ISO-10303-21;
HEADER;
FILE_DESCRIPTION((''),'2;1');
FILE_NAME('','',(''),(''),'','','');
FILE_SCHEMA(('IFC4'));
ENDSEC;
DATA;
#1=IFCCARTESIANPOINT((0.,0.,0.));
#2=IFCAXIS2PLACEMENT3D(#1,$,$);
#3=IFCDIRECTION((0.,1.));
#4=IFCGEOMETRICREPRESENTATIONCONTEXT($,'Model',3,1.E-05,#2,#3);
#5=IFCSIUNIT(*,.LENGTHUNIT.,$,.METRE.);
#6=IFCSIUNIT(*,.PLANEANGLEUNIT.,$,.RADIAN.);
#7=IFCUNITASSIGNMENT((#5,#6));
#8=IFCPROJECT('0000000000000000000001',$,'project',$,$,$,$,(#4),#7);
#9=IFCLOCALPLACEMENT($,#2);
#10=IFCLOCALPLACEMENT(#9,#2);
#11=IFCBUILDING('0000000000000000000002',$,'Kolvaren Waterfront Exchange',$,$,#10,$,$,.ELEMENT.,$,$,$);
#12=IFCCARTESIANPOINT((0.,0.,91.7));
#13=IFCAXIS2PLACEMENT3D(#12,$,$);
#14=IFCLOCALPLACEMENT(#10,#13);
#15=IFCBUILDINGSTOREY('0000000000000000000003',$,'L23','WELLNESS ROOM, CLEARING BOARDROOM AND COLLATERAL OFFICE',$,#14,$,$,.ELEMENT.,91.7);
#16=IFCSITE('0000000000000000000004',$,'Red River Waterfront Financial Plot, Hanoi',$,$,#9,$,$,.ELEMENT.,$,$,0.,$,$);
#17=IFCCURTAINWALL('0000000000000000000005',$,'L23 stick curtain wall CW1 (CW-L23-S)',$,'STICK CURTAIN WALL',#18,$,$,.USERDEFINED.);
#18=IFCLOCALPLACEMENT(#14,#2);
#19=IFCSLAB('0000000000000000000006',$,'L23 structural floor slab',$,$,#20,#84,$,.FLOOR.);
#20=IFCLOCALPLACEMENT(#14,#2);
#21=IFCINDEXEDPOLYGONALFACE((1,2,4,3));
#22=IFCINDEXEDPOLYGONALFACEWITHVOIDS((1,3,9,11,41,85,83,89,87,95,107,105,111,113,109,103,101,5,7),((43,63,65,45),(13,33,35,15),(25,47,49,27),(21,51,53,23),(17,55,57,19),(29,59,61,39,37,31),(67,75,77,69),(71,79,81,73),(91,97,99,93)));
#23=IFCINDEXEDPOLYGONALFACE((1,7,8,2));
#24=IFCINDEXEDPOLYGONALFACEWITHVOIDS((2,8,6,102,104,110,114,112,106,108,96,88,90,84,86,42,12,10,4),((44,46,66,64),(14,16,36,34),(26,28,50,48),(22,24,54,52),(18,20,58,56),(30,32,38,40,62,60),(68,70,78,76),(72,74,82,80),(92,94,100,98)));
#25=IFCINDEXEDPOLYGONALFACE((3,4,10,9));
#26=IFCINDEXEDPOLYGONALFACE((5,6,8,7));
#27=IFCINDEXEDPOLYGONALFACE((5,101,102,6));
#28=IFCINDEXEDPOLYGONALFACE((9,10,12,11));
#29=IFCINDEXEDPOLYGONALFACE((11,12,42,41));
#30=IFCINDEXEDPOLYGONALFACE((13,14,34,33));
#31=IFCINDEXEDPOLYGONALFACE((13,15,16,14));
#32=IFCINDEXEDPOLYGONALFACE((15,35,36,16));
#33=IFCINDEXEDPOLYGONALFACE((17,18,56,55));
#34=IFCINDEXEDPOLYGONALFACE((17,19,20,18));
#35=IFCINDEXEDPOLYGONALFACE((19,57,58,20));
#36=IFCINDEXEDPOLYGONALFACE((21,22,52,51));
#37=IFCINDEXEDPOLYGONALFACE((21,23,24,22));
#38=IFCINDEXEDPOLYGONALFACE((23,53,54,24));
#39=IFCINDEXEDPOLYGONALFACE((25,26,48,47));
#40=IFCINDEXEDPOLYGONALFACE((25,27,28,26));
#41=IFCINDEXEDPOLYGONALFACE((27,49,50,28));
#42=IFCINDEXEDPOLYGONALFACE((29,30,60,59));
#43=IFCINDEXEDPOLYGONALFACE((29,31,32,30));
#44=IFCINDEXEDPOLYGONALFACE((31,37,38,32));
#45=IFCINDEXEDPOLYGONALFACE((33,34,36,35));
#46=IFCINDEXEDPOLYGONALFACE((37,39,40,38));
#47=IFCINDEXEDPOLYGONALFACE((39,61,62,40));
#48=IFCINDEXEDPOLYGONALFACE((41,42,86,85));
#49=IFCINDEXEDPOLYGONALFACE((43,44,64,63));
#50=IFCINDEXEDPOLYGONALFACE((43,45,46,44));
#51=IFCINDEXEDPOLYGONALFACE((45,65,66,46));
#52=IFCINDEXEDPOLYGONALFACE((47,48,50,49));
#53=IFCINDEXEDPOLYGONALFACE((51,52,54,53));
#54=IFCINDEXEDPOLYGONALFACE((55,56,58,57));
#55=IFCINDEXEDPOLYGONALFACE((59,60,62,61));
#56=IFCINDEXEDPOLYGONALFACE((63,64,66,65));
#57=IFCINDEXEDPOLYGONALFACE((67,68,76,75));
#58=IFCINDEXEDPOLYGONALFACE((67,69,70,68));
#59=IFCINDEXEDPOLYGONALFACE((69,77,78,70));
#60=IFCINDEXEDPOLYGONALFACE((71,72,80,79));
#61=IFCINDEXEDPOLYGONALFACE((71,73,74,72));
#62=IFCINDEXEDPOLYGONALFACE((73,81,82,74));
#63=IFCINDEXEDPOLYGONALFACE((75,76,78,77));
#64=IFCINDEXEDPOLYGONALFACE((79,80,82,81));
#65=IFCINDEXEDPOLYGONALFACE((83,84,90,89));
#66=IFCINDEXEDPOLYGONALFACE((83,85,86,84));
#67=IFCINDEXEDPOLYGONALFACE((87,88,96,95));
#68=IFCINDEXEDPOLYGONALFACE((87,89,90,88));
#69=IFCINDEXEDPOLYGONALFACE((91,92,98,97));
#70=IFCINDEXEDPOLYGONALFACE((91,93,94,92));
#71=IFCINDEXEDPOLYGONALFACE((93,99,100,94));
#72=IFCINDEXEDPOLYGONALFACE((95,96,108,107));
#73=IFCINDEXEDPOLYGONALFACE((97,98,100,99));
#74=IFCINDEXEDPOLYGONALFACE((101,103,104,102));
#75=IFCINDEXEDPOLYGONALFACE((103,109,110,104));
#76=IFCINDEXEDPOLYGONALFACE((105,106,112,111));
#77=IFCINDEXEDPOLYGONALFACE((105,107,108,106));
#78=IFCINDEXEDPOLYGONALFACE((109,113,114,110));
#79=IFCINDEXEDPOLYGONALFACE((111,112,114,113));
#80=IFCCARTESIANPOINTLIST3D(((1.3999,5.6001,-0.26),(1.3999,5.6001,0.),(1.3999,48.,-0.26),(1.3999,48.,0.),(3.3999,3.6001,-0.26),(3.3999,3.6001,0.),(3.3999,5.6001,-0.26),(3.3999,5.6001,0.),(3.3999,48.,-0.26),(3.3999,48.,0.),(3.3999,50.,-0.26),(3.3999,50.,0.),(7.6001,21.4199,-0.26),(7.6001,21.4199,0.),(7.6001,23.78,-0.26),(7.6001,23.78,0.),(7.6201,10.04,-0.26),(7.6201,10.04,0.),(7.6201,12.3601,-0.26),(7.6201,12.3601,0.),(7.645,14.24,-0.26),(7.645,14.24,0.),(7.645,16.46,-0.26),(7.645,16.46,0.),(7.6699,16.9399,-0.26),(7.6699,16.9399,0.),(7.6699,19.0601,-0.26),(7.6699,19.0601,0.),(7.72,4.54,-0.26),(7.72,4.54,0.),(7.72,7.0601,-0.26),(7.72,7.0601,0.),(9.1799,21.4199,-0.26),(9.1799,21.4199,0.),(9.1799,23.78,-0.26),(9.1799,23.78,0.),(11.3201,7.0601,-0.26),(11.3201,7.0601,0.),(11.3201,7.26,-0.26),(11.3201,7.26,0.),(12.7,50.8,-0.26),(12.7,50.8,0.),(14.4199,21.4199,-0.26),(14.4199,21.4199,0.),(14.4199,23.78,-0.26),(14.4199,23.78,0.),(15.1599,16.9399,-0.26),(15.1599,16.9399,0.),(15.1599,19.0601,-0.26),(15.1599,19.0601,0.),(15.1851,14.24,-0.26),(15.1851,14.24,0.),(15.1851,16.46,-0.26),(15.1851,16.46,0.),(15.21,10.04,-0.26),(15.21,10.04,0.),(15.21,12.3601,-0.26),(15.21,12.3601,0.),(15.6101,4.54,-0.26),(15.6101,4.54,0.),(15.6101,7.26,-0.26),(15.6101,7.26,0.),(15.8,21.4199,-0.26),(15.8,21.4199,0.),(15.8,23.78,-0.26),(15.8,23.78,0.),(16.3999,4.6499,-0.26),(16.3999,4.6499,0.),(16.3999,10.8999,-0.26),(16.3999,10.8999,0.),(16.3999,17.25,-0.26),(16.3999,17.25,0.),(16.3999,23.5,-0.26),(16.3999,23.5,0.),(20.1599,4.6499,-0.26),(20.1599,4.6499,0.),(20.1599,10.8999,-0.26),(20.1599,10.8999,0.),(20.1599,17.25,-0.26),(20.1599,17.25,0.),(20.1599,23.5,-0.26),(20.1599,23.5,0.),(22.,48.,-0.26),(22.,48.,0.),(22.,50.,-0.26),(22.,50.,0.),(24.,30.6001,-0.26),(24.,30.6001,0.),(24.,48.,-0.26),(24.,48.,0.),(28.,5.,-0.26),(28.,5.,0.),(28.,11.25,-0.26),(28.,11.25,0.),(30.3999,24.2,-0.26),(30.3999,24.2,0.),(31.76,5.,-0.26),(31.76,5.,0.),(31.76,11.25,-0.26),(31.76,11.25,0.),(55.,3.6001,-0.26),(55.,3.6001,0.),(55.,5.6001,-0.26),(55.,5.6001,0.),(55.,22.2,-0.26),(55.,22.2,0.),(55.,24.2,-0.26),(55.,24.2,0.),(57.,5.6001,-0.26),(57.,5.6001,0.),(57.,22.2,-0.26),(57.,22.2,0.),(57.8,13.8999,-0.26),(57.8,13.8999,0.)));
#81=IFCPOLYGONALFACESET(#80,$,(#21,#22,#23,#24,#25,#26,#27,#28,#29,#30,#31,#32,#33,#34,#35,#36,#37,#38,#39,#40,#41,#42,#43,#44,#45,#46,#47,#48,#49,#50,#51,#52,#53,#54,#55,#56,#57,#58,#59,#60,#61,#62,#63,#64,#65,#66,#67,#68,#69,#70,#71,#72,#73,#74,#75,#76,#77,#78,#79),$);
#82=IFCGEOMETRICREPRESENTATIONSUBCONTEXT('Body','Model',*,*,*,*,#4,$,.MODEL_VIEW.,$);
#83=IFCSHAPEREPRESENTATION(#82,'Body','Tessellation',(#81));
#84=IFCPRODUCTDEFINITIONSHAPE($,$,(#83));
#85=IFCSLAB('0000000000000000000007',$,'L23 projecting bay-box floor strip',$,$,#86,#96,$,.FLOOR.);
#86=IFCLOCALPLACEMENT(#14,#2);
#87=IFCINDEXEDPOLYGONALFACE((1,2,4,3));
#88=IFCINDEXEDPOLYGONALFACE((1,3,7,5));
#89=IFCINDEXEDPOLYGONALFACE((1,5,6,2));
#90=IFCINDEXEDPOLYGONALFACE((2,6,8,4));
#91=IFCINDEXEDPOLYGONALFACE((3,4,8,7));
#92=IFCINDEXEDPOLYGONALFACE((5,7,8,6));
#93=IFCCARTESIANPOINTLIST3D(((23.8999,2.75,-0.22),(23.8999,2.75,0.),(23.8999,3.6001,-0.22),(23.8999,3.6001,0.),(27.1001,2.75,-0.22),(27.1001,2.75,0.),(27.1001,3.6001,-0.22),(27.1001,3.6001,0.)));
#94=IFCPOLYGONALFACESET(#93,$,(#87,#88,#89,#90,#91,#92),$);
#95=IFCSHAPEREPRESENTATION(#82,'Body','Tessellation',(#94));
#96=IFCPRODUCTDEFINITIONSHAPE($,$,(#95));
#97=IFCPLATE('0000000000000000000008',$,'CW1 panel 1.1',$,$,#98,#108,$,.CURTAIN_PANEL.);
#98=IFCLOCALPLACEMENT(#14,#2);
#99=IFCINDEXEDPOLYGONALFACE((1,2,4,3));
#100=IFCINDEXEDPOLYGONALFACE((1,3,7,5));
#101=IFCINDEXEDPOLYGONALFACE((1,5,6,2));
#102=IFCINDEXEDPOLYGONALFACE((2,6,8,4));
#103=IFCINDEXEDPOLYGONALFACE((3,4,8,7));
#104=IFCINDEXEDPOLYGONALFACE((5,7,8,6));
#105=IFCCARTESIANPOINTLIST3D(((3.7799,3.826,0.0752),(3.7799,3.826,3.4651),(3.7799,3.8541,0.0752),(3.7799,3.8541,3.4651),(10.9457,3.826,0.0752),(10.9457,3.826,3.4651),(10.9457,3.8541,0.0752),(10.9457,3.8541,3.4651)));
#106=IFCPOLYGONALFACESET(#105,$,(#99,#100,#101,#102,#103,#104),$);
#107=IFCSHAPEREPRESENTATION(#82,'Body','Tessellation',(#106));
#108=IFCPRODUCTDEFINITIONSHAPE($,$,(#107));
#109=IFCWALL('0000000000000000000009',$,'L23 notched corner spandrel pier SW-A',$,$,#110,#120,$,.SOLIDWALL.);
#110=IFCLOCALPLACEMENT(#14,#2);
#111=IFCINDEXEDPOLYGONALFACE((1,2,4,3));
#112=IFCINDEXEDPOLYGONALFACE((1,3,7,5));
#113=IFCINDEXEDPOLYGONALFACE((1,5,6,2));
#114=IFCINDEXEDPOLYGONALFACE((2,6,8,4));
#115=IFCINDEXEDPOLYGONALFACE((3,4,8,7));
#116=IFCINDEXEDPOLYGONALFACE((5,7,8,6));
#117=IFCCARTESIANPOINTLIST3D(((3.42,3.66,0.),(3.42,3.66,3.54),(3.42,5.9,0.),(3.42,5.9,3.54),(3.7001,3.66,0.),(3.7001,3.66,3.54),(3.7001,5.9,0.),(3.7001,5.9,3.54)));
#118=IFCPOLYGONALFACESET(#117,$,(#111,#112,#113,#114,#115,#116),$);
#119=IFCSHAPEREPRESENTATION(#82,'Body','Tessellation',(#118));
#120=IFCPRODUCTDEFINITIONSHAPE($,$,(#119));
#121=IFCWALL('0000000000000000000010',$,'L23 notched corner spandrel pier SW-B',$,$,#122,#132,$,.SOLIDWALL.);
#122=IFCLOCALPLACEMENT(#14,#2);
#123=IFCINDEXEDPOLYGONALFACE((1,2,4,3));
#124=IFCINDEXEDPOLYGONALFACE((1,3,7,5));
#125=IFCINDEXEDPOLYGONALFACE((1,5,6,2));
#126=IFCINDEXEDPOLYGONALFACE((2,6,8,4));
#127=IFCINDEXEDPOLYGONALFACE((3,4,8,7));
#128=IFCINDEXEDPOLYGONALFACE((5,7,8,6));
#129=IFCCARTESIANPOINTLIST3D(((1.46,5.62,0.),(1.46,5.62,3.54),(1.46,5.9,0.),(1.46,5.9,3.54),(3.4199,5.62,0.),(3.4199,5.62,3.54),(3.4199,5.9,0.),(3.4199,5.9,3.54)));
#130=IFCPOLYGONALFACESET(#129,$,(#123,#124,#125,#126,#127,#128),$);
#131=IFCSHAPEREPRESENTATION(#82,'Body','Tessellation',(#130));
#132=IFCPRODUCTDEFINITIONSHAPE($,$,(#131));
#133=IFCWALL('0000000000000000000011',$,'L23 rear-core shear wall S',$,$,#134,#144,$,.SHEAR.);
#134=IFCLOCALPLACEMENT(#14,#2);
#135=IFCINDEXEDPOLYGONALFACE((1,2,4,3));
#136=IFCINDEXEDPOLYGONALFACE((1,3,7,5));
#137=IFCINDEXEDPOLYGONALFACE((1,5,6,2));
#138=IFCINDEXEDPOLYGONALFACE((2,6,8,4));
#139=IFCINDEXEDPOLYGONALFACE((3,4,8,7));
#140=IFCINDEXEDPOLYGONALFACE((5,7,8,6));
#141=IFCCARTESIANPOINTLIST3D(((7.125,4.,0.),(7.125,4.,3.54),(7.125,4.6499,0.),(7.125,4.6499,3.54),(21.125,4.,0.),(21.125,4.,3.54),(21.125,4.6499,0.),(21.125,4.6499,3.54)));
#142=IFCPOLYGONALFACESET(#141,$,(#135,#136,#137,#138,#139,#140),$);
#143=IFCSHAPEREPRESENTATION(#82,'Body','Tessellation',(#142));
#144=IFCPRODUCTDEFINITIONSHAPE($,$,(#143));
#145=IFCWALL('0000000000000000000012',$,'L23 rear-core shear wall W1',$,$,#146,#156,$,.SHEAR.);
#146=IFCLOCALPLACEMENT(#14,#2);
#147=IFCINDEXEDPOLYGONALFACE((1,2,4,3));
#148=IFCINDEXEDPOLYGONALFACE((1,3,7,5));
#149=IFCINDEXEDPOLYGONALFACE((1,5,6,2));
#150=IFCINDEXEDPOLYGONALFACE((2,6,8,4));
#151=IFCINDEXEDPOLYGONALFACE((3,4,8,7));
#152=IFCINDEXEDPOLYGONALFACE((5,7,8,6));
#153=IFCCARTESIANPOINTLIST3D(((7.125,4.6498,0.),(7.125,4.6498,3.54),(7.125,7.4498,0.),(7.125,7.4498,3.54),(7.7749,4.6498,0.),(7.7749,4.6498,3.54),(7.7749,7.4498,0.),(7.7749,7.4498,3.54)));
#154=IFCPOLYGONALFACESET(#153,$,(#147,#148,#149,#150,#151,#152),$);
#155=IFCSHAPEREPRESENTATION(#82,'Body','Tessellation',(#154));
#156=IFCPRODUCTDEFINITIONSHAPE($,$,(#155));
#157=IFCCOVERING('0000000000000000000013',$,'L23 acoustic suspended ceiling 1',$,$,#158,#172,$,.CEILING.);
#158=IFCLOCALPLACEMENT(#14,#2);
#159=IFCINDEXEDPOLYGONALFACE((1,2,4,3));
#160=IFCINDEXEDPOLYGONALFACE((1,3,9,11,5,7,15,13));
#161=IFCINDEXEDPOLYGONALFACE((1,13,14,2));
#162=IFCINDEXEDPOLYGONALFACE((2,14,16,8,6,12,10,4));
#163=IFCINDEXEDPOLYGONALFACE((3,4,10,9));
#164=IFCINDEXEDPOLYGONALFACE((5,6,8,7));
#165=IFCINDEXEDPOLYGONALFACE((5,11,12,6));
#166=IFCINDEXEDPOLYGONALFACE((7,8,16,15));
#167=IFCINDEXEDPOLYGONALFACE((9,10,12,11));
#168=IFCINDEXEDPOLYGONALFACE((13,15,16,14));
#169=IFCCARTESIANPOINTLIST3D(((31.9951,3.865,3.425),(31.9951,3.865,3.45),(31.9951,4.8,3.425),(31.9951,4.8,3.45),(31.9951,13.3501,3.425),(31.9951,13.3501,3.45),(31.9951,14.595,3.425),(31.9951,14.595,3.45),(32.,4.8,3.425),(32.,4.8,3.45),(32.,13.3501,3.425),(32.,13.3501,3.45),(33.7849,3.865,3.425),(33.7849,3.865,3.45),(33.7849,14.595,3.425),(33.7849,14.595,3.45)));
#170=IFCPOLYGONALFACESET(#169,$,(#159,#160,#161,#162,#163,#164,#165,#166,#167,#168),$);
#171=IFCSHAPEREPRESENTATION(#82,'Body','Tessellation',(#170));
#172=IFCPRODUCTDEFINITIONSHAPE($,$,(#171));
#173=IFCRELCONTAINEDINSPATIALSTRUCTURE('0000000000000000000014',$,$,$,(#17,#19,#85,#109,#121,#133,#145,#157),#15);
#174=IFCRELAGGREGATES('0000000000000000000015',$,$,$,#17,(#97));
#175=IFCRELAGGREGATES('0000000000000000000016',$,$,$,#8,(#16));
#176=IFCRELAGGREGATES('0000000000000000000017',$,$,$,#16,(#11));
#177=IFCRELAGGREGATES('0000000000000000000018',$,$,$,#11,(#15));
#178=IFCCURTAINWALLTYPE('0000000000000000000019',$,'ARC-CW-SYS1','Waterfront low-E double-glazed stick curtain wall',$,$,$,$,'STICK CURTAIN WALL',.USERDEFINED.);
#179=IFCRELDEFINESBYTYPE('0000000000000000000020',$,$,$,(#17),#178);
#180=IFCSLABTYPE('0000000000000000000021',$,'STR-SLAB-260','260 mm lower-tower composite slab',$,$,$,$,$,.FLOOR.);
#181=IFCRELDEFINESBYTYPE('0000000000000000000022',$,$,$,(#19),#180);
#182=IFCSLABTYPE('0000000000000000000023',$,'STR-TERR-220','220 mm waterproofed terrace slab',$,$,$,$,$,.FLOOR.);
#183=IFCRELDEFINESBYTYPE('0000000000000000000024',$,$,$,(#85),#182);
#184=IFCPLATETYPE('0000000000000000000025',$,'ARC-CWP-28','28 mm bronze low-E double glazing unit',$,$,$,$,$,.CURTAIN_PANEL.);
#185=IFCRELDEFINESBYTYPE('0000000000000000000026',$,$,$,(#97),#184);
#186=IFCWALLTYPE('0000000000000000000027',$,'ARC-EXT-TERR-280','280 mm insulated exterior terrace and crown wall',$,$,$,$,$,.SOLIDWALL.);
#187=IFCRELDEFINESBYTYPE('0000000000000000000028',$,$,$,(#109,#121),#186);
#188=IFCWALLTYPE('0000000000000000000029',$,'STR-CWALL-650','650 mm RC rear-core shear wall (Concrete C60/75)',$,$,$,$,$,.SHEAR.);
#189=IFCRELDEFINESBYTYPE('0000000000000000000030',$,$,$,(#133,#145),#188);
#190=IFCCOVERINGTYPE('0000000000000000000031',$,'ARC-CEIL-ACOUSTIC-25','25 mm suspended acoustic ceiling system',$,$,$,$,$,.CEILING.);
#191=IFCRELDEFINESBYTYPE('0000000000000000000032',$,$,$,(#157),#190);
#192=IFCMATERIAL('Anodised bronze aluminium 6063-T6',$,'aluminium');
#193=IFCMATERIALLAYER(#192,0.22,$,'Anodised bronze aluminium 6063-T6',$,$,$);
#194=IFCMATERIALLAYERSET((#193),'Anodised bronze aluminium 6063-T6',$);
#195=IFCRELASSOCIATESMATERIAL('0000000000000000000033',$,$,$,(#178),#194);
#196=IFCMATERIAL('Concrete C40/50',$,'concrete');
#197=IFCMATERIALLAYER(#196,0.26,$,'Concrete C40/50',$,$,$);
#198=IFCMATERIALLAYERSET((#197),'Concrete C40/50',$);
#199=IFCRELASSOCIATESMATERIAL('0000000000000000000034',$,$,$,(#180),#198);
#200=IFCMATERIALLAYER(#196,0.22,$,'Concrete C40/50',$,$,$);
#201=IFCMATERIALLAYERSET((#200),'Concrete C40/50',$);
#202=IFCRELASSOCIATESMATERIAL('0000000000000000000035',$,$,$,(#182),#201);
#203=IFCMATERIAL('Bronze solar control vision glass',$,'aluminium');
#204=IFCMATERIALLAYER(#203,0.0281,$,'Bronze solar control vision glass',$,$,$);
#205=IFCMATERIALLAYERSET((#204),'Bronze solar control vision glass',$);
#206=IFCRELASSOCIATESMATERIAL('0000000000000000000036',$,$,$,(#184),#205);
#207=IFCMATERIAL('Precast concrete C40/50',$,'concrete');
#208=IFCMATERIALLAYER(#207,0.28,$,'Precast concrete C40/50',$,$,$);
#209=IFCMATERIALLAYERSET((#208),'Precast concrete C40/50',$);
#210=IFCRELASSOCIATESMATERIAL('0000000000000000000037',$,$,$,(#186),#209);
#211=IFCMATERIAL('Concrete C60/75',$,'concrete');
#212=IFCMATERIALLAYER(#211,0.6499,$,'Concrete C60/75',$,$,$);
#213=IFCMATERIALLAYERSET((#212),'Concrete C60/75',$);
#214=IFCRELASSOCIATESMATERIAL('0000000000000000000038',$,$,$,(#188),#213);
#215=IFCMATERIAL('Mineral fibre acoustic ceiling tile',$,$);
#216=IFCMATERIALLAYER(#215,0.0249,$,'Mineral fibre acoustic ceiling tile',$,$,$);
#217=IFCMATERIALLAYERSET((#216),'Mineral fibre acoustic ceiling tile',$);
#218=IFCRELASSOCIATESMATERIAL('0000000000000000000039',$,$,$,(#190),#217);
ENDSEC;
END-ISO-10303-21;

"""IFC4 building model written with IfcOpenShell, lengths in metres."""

from ifc_helpers import new_model, si_unit, direction, frame, frame_2d, origin, origin_with_axes, origin_2d, place, context, subcontext, project, spatial, polyline, rectangle, outline, extrude, source, transform, mapped, material, layer, layer_set, type_object, element, aggregate, save


model = new_model("IFC4")

# Units and contexts
model_context = context("Model", 3, precision=1e-05, world=origin(), true_north=direction((0.0, 1.0)))
body_context = subcontext(model_context, "Body", "Model", "MODEL_VIEW")
ifc_project = project(units=[si_unit("LENGTHUNIT", "METRE"), si_unit("PLANEANGLEUNIT", "RADIAN")], contexts=[model_context])

# Site, building, storey
site_placement = place(None, origin())
site = spatial("IfcSite", under=ifc_project, at=site_placement, Name="Red River Waterfront Financial Plot, Hanoi", CompositionType="ELEMENT", RefElevation=0.0)
building_placement = place(site_placement, origin())
building = spatial("IfcBuilding", under=site, at=building_placement, Name="Kolvaren Waterfront Exchange", CompositionType="ELEMENT")
storey_placement = place(building_placement, frame((0.0, 0.0, 91.7)))
storey = spatial("IfcBuildingStorey", under=building, at=storey_placement, Name="L23", Description="WELLNESS ROOM, CLEARING BOARDROOM AND COLLATERAL OFFICE", CompositionType="ELEMENT", Elevation=91.7)

# Shared definitions
ifc_material_1 = material(Name="Concrete C60/75", Category="concrete")

# Curtain wall
ifc_material_2 = material(Name="Anodised bronze aluminium 6063-T6", Category="aluminium")
ifc_layer_1 = layer(ifc_material_2, 0.22, Name="Anodised bronze aluminium 6063-T6")
ifc_layer_set_1 = layer_set([ifc_layer_1], Name="Anodised bronze aluminium 6063-T6")
curtain_wall_type = type_object("IfcCurtainWallType", Name="ARC-CW-SYS1", Description="Waterfront low-E double-glazed stick curtain wall", ElementType="STICK CURTAIN WALL", PredefinedType="USERDEFINED", material=ifc_layer_set_1)
curtain_wall_placement = place(storey_placement, origin())
curtain_wall = element("IfcCurtainWall", 1, at=curtain_wall_placement, inside=storey, type_object=curtain_wall_type, Name="L23 stick curtain wall CW1 (CW-L23-S)", ObjectType="STICK CURTAIN WALL", PredefinedType="USERDEFINED")

# Shared definitions
ifc_material_3 = material(Name="Concrete C40/50", Category="concrete")

# Slabs
ifc_layer_2 = layer(ifc_material_3, 0.26, Name="Concrete C40/50")
ifc_layer_set_2 = layer_set([ifc_layer_2], Name="Concrete C40/50")
slab_type_1 = type_object("IfcSlabType", Name="STR-SLAB-260", Description="260 mm lower-tower composite slab", PredefinedType="FLOOR", material=ifc_layer_set_2)
slab_1_placement = place(storey_placement, frame((0.0, 0.0, -0.26)))
element("IfcSlab", 2, at=slab_1_placement, inside=storey, type_object=slab_type_1, Name="L23 structural floor slab", PredefinedType="FLOOR", context=body_context, shape_type="SweptSolid", body=[
    extrude(outline(polyline([(3.3999, 3.6001), (55.0, 3.6001), (55.0, 5.6001), (57.0, 5.6001), (57.8, 13.8999), (57.0, 22.2), (55.0, 22.2), (55.0, 24.2), (30.3999, 24.2), (24.0, 30.6001), (24.0, 48.0), (22.0, 48.0), (22.0, 50.0), (12.7, 50.8), (3.3999, 50.0), (3.3999, 48.0), (1.3999, 48.0), (1.3999, 5.6001), (3.3999, 5.6001), (3.3999, 3.6001)]), holes=[polyline([(11.3201, 7.26), (15.6101, 7.26), (15.6101, 4.54), (7.72, 4.54), (7.72, 7.0601), (11.3201, 7.0601), (11.3201, 7.26)]), polyline([(20.1599, 4.6499), (16.3999, 4.6499), (16.3999, 10.8999), (20.1599, 10.8999), (20.1599, 4.6499)]), polyline([(31.76, 5.0), (28.0, 5.0), (28.0, 11.25), (31.76, 11.25), (31.76, 5.0)]), polyline([(15.21, 10.04), (7.6201, 10.04), (7.6201, 12.3601), (15.21, 12.3601), (15.21, 10.04)]), polyline([(7.645, 16.46), (15.1851, 16.46), (15.1851, 14.24), (7.645, 14.24), (7.645, 16.46)]), polyline([(15.1599, 16.9399), (7.6699, 16.9399), (7.6699, 19.0601), (15.1599, 19.0601), (15.1599, 16.9399)]), polyline([(16.3999, 23.5), (20.1599, 23.5), (20.1599, 17.25), (16.3999, 17.25), (16.3999, 23.5)]), polyline([(7.6001, 23.78), (9.1799, 23.78), (9.1799, 21.4199), (7.6001, 21.4199), (7.6001, 23.78)]), polyline([(15.8, 23.78), (15.8, 21.4199), (14.4199, 21.4199), (14.4199, 23.78), (15.8, 23.78)])]), origin(), (0.0, 0.0, 1.0), 0.26),
])
ifc_layer_3 = layer(ifc_material_3, 0.22, Name="Concrete C40/50")
ifc_layer_set_3 = layer_set([ifc_layer_3], Name="Concrete C40/50")
slab_type_2 = type_object("IfcSlabType", Name="STR-TERR-220", Description="220 mm waterproofed terrace slab", PredefinedType="FLOOR", material=ifc_layer_set_3)
slab_2_placement = place(storey_placement, frame((0.0, 0.0, -0.22)))
element("IfcSlab", 3, at=slab_2_placement, inside=storey, type_object=slab_type_2, Name="L23 projecting bay-box floor strip", PredefinedType="FLOOR", context=body_context, shape_type="SweptSolid", body=[
    extrude(outline(polyline([(23.8999, 2.75), (27.1001, 2.75), (27.1001, 3.6001), (23.8999, 3.6001), (23.8999, 2.75)])), origin(), (0.0, 0.0, 1.0), 0.22),
])

# Plate
ifc_material_4 = material(Name="Bronze solar control vision glass", Category="aluminium")
ifc_layer_4 = layer(ifc_material_4, 0.0281, Name="Bronze solar control vision glass")
ifc_layer_set_4 = layer_set([ifc_layer_4], Name="Bronze solar control vision glass")
plate_type = type_object("IfcPlateType", Name="ARC-CWP-28", Description="28 mm bronze low-E double glazing unit", PredefinedType="CURTAIN_PANEL", material=ifc_layer_set_4)
shared_shape_1 = source(origin_with_axes(), body_context, "Body", "SweptSolid", [
    extrude(rectangle(XDim=7.1658, YDim=0.0281, at=origin_2d()), origin(), (0.0, 0.0, 1.0), 3.3899),
])
plate_placement = place(storey_placement, frame((7.3628, 3.8401, 0.0752), z_axis=(0.0, 0.0, 1.0), x_axis=(1.0, 0.0, 0.0)))
plate = element("IfcPlate", 4, at=plate_placement, type_object=plate_type, Name="CW1 panel 1.1", PredefinedType="CURTAIN_PANEL", context=body_context, shape_type="MappedRepresentation", body=[
    mapped(shared_shape_1, transform((0.0, 0.0, 0.0), x_axis=(1.0, 0.0, 0.0), y_axis=(0.0, 1.0, 0.0), z_axis=(0.0, 0.0, 1.0), scale=1.0)),
])
aggregate(curtain_wall, [plate])

# Walls
ifc_material_5 = material(Name="Precast concrete C40/50", Category="concrete")
ifc_layer_5 = layer(ifc_material_5, 0.28, Name="Precast concrete C40/50")
ifc_layer_set_5 = layer_set([ifc_layer_5], Name="Precast concrete C40/50")
wall_type_1 = type_object("IfcWallType", Name="ARC-EXT-TERR-280", Description="280 mm insulated exterior terrace and crown wall", PredefinedType="SOLIDWALL", material=ifc_layer_set_5)
wall_1_placement = place(storey_placement, frame((3.5601, 3.6599, 0.0), z_axis=(0.0, 0.0, 1.0), x_axis=(0.0, 1.0, 0.0)))
element("IfcWall", 5, at=wall_1_placement, inside=storey, type_object=wall_type_1, Name="L23 notched corner spandrel pier SW-A", PredefinedType="SOLIDWALL", context=body_context, shape_type="SweptSolid", body=[
    extrude(rectangle(XDim=2.24, YDim=0.28, at=frame_2d((1.1201, 0.0))), origin(), (0.0, 0.0, 1.0), 3.54),
])
wall_2_placement = place(storey_placement, frame((1.46, 5.76, 0.0), z_axis=(0.0, 0.0, 1.0), x_axis=(1.0, 0.0, 0.0)))
element("IfcWall", 6, at=wall_2_placement, inside=storey, type_object=wall_type_1, Name="L23 notched corner spandrel pier SW-B", PredefinedType="SOLIDWALL", context=body_context, shape_type="SweptSolid", body=[
    extrude(rectangle(XDim=1.96, YDim=0.28, at=frame_2d((0.98, 0.0))), origin(), (0.0, 0.0, 1.0), 3.54),
])
ifc_layer_6 = layer(ifc_material_1, 0.6499, Name="Concrete C60/75")
ifc_layer_set_6 = layer_set([ifc_layer_6], Name="Concrete C60/75")
wall_type_2 = type_object("IfcWallType", Name="STR-CWALL-650", Description="650 mm RC rear-core shear wall (Concrete C60/75)", PredefinedType="SHEAR", material=ifc_layer_set_6)
wall_3_placement = place(storey_placement, frame((7.125, 4.325, 0.0), z_axis=(0.0, 0.0, 1.0), x_axis=(1.0, 0.0, 0.0)))
element("IfcWall", 7, at=wall_3_placement, inside=storey, type_object=wall_type_2, Name="L23 rear-core shear wall S", PredefinedType="SHEAR", context=body_context, shape_type="SweptSolid", body=[
    extrude(rectangle(XDim=14.0, YDim=0.6499, at=frame_2d((7.0, 0.0))), origin(), (0.0, 0.0, 1.0), 3.54),
])
wall_4_placement = place(storey_placement, frame((7.45, 4.6499, 0.0), z_axis=(0.0, 0.0, 1.0), x_axis=(0.0, 1.0, 0.0)))
element("IfcWall", 8, at=wall_4_placement, inside=storey, type_object=wall_type_2, Name="L23 rear-core shear wall W1", PredefinedType="SHEAR", context=body_context, shape_type="SweptSolid", body=[
    extrude(rectangle(XDim=2.8, YDim=0.6499, at=frame_2d((1.3999, 0.0))), origin(), (0.0, 0.0, 1.0), 3.54),
])

# Covering
ifc_material_6 = material(Name="Mineral fibre acoustic ceiling tile")
ifc_layer_7 = layer(ifc_material_6, 0.0249, Name="Mineral fibre acoustic ceiling tile")
ifc_layer_set_7 = layer_set([ifc_layer_7], Name="Mineral fibre acoustic ceiling tile")
covering_type_1 = type_object("IfcCoveringType", Name="ARC-CEIL-ACOUSTIC-25", Description="25 mm suspended acoustic ceiling system", PredefinedType="CEILING", material=ifc_layer_set_7)
covering_1_placement = place(storey_placement, frame((0.0, 0.0, 3.425)))
element("IfcCovering", 9, at=covering_1_placement, inside=storey, type_object=covering_type_1, Name="L23 acoustic suspended ceiling 1", PredefinedType="CEILING", context=body_context, shape_type="SweptSolid", body=[
    extrude(outline(polyline([(33.7849, 3.865), (33.7849, 14.595), (31.9951, 14.595), (31.9951, 13.3501), (32.0, 13.3501), (32.0, 4.8), (31.9951, 4.8), (31.9951, 3.865), (33.7849, 3.865)])), origin(), (0.0, 0.0, 1.0), 0.0249),
])

save(model, "model.ifc")
